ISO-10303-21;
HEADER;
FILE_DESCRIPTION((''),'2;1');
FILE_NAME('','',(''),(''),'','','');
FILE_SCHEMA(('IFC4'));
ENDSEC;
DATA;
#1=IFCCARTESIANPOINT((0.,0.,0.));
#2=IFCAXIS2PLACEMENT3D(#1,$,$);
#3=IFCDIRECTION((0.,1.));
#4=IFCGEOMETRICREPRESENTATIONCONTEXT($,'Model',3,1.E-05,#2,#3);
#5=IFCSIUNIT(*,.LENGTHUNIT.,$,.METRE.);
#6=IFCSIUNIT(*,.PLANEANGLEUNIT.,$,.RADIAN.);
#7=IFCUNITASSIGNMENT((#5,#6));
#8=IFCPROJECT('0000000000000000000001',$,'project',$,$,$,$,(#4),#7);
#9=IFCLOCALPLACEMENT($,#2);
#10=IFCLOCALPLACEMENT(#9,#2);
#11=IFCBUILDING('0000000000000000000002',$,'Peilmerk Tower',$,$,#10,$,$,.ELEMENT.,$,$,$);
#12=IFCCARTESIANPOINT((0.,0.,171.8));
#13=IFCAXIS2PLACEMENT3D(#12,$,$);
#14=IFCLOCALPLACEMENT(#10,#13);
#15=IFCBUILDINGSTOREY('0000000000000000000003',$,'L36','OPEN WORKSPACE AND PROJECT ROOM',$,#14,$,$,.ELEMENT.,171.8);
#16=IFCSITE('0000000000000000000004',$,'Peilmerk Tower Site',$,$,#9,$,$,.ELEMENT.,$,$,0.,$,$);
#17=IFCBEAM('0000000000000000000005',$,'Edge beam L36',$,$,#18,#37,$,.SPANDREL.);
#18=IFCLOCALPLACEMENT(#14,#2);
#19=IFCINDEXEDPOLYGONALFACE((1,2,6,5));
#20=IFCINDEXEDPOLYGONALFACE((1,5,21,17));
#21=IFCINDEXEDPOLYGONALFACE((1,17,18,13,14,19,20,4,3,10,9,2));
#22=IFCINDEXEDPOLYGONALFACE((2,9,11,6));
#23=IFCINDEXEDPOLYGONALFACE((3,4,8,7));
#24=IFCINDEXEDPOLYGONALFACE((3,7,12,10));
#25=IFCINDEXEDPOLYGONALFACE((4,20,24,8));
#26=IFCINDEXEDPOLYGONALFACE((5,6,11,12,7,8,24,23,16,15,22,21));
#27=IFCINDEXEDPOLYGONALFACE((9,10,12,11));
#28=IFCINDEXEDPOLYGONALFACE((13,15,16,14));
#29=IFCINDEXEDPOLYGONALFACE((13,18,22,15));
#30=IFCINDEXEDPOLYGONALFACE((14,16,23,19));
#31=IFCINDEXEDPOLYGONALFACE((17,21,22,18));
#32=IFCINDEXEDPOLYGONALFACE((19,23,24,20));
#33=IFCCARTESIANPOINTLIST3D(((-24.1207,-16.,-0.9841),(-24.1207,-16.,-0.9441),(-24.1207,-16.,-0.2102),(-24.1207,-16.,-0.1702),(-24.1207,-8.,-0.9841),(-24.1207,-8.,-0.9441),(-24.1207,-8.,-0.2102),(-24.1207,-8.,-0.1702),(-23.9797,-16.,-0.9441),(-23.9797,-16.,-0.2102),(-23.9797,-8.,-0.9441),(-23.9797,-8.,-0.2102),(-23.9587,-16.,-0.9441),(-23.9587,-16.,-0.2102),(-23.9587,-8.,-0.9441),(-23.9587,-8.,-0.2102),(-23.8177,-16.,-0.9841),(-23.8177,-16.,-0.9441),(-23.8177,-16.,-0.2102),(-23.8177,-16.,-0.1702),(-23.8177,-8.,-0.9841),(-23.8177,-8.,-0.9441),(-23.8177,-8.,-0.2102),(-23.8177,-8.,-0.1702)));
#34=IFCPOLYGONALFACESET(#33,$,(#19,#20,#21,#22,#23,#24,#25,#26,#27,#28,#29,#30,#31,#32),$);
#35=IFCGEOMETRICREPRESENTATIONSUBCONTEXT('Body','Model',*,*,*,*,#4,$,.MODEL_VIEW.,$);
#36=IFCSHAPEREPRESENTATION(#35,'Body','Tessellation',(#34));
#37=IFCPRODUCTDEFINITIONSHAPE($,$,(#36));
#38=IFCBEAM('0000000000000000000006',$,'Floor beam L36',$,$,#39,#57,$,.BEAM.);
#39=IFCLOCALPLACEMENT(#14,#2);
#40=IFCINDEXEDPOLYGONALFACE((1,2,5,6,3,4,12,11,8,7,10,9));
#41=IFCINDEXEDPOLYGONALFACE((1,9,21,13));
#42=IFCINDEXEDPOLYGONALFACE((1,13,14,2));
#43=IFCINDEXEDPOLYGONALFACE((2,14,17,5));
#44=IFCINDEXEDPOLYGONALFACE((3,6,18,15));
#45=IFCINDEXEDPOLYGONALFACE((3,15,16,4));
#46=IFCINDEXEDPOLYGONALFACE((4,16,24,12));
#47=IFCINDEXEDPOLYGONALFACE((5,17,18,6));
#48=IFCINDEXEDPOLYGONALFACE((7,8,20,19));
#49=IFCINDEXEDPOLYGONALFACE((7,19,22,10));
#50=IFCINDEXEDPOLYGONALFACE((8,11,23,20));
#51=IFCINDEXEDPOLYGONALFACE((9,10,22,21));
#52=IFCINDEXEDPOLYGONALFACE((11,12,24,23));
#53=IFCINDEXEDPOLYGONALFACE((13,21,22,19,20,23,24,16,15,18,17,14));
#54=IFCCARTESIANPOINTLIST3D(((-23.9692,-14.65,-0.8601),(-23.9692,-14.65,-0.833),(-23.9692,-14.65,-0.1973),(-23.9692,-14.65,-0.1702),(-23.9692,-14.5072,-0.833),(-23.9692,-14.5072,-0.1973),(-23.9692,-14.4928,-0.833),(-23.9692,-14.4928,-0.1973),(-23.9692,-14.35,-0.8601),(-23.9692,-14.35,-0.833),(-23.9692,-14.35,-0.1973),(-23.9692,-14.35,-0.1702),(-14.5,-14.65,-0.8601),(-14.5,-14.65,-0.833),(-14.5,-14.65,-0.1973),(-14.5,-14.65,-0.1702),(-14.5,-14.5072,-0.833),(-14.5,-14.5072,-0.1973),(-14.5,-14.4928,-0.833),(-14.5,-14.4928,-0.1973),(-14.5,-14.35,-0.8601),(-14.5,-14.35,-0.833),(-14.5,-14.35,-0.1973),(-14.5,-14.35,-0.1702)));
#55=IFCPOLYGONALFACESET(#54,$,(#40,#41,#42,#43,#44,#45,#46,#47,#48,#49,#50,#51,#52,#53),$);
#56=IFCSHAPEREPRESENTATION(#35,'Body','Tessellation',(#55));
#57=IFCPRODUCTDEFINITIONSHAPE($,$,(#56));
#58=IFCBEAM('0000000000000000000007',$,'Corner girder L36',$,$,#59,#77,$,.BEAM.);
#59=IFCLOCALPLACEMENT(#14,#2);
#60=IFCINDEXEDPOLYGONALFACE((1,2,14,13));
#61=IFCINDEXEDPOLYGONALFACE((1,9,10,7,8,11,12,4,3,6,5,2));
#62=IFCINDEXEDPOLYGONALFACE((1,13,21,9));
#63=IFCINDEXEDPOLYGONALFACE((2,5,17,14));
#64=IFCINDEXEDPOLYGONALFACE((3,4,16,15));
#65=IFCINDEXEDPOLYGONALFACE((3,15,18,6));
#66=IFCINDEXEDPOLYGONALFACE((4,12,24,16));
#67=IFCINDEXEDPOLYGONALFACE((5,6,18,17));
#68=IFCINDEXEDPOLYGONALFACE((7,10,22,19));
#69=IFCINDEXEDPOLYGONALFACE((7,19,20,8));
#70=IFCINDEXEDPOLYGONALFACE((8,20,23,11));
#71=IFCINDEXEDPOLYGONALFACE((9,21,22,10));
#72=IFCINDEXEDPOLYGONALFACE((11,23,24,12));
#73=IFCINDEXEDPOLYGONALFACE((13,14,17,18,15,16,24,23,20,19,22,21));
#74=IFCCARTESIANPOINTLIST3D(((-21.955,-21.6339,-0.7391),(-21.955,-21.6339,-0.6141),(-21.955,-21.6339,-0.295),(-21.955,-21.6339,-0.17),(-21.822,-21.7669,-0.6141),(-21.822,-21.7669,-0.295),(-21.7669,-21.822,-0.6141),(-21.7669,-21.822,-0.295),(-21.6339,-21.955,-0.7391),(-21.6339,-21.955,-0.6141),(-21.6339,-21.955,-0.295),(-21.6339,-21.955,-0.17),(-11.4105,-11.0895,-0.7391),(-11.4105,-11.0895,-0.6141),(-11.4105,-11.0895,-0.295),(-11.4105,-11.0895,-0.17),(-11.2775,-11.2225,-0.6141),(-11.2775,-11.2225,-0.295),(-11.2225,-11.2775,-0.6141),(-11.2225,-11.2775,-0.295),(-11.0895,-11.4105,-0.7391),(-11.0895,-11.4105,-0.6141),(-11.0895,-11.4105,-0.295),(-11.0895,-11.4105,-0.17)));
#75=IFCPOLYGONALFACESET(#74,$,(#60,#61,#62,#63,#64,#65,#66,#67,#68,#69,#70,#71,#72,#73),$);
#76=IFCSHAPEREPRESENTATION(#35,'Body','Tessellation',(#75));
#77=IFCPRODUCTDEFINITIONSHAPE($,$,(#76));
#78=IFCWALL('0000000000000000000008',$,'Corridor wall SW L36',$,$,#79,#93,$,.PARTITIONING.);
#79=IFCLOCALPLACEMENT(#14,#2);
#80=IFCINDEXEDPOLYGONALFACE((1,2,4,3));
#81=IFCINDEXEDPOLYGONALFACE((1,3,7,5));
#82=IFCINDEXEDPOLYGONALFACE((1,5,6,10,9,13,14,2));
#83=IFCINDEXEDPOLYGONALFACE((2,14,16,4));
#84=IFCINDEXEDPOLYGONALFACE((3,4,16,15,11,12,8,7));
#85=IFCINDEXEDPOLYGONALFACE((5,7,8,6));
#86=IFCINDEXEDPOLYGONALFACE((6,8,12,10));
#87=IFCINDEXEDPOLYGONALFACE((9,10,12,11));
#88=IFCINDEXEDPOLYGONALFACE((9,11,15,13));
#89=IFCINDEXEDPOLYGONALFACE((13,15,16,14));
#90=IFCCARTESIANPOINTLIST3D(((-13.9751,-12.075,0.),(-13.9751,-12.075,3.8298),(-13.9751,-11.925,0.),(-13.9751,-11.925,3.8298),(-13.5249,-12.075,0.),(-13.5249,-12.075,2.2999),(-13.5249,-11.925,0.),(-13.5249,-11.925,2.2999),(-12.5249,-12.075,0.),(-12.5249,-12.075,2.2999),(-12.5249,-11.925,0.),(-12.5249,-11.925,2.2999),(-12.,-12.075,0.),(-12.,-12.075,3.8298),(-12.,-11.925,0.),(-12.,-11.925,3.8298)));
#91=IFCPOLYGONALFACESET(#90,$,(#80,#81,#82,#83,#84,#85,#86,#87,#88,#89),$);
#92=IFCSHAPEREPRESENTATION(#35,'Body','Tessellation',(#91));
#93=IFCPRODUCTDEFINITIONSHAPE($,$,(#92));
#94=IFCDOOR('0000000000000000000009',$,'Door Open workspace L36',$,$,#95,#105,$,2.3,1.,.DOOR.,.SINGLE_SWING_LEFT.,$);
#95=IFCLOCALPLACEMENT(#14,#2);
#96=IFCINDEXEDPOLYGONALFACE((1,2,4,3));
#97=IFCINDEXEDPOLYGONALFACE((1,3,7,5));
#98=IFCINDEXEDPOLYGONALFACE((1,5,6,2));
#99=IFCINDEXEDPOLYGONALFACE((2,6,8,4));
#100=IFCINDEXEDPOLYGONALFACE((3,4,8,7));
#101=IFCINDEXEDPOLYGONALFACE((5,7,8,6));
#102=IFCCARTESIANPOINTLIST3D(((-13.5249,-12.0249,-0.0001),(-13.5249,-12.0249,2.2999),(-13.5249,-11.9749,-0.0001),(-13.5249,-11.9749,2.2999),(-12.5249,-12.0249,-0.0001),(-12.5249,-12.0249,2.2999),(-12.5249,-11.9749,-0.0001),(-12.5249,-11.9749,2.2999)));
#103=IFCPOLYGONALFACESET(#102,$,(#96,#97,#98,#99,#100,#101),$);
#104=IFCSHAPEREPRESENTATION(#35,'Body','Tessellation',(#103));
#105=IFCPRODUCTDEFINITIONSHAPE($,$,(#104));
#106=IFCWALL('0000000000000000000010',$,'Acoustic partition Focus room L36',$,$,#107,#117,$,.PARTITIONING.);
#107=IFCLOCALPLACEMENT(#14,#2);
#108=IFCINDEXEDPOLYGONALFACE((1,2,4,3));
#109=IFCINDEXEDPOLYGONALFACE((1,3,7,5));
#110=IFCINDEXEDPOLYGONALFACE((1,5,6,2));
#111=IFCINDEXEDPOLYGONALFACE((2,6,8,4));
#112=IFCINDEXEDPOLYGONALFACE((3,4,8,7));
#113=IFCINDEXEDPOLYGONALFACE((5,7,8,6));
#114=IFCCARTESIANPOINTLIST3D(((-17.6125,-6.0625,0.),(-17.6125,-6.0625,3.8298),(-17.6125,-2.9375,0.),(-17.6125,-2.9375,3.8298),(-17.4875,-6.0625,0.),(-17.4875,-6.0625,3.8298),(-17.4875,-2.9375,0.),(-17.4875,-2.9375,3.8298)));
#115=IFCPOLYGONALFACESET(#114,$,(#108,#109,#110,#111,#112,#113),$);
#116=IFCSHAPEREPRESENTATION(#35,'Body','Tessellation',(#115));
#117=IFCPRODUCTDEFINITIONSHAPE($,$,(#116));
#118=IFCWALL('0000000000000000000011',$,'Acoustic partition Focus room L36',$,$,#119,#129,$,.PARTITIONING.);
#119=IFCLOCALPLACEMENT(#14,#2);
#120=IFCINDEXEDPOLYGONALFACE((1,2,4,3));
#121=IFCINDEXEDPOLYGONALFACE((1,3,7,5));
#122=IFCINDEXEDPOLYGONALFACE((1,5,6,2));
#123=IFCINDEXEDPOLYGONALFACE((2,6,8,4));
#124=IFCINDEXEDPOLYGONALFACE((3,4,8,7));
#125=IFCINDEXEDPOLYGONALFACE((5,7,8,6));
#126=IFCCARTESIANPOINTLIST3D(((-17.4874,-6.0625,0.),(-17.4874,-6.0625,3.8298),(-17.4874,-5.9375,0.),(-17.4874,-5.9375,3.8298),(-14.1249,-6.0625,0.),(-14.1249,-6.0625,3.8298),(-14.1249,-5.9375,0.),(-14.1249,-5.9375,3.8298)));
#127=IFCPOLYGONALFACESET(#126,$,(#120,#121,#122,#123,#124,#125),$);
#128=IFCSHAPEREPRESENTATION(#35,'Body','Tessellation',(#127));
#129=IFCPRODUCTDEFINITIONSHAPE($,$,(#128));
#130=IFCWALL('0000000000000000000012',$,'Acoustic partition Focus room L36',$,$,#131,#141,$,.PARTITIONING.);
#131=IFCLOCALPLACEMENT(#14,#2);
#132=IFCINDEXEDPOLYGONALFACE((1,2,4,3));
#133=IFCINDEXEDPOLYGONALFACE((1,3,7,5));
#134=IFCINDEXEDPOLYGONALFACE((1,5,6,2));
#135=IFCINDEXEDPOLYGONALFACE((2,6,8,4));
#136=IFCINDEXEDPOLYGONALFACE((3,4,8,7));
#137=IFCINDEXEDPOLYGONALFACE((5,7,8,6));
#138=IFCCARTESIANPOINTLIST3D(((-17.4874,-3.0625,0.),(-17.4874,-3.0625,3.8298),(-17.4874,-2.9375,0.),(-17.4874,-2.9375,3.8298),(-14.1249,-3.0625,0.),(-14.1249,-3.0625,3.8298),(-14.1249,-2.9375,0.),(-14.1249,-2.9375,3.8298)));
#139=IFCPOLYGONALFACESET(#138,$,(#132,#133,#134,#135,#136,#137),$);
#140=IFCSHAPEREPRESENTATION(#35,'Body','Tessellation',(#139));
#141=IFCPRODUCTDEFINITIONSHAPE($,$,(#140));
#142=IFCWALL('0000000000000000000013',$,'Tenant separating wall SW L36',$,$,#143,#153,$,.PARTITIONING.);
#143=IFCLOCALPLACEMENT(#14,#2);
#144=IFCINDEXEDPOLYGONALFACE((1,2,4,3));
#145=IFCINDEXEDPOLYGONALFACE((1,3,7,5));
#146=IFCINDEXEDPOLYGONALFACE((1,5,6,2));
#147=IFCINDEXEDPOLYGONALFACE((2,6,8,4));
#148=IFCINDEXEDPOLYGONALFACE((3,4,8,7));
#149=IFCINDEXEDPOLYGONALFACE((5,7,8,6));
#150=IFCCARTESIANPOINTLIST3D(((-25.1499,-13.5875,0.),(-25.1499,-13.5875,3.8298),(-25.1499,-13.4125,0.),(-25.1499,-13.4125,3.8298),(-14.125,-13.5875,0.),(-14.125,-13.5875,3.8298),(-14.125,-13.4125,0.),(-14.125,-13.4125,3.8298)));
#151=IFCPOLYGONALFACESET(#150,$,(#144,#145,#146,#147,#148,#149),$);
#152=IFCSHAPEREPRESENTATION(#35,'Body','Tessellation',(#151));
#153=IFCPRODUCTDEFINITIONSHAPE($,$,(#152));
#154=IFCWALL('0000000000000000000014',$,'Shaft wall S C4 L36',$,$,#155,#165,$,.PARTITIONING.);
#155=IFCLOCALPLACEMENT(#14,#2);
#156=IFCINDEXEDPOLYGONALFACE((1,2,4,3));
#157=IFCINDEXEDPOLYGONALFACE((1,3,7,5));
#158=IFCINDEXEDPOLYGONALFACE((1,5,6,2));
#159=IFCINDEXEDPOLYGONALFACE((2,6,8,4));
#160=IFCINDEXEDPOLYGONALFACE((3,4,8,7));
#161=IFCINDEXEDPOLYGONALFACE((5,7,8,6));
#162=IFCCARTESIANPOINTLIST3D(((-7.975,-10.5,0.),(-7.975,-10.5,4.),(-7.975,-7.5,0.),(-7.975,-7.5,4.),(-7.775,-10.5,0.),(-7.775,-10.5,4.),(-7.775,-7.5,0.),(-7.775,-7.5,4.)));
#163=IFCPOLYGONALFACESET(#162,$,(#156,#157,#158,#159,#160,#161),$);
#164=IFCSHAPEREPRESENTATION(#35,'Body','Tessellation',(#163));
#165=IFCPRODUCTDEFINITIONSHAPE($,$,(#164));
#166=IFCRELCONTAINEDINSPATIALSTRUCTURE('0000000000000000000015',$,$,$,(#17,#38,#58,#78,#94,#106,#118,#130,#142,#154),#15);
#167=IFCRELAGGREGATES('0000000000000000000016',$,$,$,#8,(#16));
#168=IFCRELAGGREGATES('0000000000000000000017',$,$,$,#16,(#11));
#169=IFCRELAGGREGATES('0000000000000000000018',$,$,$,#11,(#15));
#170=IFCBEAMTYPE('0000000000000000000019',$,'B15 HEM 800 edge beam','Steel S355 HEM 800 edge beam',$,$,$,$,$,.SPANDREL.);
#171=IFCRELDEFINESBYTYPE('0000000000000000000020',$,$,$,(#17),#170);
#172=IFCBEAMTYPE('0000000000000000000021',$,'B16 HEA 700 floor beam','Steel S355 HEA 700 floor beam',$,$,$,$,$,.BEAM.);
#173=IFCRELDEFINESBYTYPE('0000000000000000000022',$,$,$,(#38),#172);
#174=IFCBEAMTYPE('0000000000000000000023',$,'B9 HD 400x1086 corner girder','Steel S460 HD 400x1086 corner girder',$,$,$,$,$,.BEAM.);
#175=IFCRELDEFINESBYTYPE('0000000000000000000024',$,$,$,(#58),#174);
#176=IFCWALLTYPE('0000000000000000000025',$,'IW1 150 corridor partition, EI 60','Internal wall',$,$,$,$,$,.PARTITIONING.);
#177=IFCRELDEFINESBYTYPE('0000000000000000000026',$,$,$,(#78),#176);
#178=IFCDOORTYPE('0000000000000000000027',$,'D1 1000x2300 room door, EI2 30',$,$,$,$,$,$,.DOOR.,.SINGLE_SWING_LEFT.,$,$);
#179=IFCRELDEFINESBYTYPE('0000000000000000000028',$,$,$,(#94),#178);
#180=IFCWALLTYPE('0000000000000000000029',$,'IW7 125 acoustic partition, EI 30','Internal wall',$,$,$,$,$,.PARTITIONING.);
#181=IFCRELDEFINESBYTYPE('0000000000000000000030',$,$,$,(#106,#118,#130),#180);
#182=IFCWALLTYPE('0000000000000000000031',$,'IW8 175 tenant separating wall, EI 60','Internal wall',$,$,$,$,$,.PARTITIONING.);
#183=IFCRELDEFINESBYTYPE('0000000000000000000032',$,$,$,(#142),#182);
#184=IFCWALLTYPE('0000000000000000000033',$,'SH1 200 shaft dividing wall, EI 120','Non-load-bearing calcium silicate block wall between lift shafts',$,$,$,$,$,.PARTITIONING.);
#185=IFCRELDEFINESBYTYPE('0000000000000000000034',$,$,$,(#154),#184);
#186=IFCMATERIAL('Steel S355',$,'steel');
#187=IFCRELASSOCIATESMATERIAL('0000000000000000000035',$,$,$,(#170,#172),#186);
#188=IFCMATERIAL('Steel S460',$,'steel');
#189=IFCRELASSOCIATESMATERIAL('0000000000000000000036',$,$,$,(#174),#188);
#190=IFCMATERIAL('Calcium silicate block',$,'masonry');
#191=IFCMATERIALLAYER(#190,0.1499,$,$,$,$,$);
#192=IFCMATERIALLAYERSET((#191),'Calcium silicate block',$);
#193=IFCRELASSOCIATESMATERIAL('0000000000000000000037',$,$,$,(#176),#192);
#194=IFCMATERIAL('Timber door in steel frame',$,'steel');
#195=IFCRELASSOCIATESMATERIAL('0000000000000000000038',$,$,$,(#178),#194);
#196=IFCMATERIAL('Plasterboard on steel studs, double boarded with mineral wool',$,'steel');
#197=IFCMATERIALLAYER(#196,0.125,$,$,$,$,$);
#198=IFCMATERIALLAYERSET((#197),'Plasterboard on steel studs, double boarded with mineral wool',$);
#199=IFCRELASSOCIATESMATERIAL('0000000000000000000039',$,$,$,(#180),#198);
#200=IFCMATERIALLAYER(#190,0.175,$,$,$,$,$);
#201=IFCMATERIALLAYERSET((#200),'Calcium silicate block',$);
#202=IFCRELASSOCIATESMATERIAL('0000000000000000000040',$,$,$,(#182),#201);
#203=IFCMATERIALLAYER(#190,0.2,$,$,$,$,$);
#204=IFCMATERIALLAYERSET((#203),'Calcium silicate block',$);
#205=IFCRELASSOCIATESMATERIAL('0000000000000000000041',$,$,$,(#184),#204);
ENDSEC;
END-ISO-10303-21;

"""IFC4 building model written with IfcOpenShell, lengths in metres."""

from ifc_helpers import new_model, si_unit, direction, frame, frame_2d, origin, origin_2d, place, context, subcontext, project, spatial, rectangle, i_section, extrude, material, layer, layer_set, material_profile, profile_set, type_object, element, fill, save


model = new_model("IFC4")

# Units and contexts
model_context = context("Model", 3, precision=1e-05, world=origin(), true_north=direction((0.0, 1.0)))
body_context = subcontext(model_context, "Body", "Model", "MODEL_VIEW")
ifc_project = project(units=[si_unit("LENGTHUNIT", "METRE"), si_unit("PLANEANGLEUNIT", "RADIAN")], contexts=[model_context])

# Site, building, storey
site_placement = place(None, origin())
site = spatial("IfcSite", under=ifc_project, at=site_placement, Name="Peilmerk Tower Site", CompositionType="ELEMENT", RefElevation=0.0)
building_placement = place(site_placement, origin())
building = spatial("IfcBuilding", under=site, at=building_placement, Name="Peilmerk Tower", CompositionType="ELEMENT")
storey_placement = place(building_placement, frame((0.0, 0.0, 171.8)))
storey = spatial("IfcBuildingStorey", under=building, at=storey_placement, Name="L36", Description="OPEN WORKSPACE AND PROJECT ROOM", CompositionType="ELEMENT", Elevation=171.8)

# Shared definitions
ifc_material_1 = material(Name="Steel S460", Category="steel")

# Beams
ifc_material_2 = material(Name="Steel S355", Category="steel")
ifc_material_profile_1 = material_profile(ifc_material_2, i_section(OverallWidth=0.303, OverallDepth=0.814, WebThickness=0.021, FlangeThickness=0.04, at=origin_2d()), Name="HEM 800")
ifc_profile_set_1 = profile_set([ifc_material_profile_1], Name="Steel S355")
beam_type_1 = type_object("IfcBeamType", Name="B15 HEM 800 edge beam", Description="Steel S355 HEM 800 edge beam", PredefinedType="SPANDREL", material=ifc_profile_set_1)
for number, where, z_axis, x_axis, name in (
    (1, (-23.9692, -8.0, -0.5771), (0.0, -1.0, 0.0), (1.0, 0.0, 0.0), "Edge beam L36"),
):
    element("IfcBeam", number, at=place(storey_placement, frame(where, z_axis=z_axis, x_axis=x_axis)), inside=storey, type_object=beam_type_1, Name=name, PredefinedType="SPANDREL", context=body_context, shape_type="SweptSolid", body=[
        extrude(i_section(OverallWidth=0.303, OverallDepth=0.814, WebThickness=0.021, FlangeThickness=0.04, at=origin_2d()), origin(), (0.0, 0.0, 1.0), 8.0),
    ])
ifc_material_profile_2 = material_profile(ifc_material_2, i_section(OverallWidth=0.3, OverallDepth=0.6899, WebThickness=0.0144, FlangeThickness=0.0271, at=origin_2d()), Name="HEA 700")
ifc_profile_set_2 = profile_set([ifc_material_profile_2], Name="Steel S355")
beam_type_2 = type_object("IfcBeamType", Name="B16 HEA 700 floor beam", Description="Steel S355 HEA 700 floor beam", PredefinedType="BEAM", material=ifc_profile_set_2)
beam_1_placement = place(storey_placement, frame((-14.5, -14.5, -0.5151), z_axis=(-1.0, 0.0, 0.0), x_axis=(0.0, -1.0, 0.0)))
element("IfcBeam", 2, at=beam_1_placement, inside=storey, type_object=beam_type_2, Name="Floor beam L36", PredefinedType="BEAM", context=body_context, shape_type="SweptSolid", body=[
    extrude(i_section(OverallWidth=0.3, OverallDepth=0.6899, WebThickness=0.0144, FlangeThickness=0.0271, at=origin_2d()), origin(), (0.0, 0.0, 1.0), 9.4692),
])
ifc_material_profile_3 = material_profile(ifc_material_1, i_section(OverallWidth=0.4541, OverallDepth=0.5691, WebThickness=0.0779, FlangeThickness=0.125, at=origin_2d()), Name="HD 400x1086")
ifc_profile_set_3 = profile_set([ifc_material_profile_3], Name="Steel S460")
beam_type_3 = type_object("IfcBeamType", Name="B9 HD 400x1086 corner girder", Description="Steel S460 HD 400x1086 corner girder", PredefinedType="BEAM", material=ifc_profile_set_3)
beam_2_placement = place(storey_placement, frame((-11.25, -11.25, -0.4546), z_axis=(-0.707107, -0.707107, 0.0), x_axis=(0.707107, -0.707107, 0.0)))
element("IfcBeam", 3, at=beam_2_placement, inside=storey, type_object=beam_type_3, Name="Corner girder L36", PredefinedType="BEAM", context=body_context, shape_type="SweptSolid", body=[
    extrude(i_section(OverallWidth=0.4541, OverallDepth=0.5691, WebThickness=0.0779, FlangeThickness=0.125, at=origin_2d()), origin(), (0.0, 0.0, 1.0), 14.9121),
])

# Wall, opening, door
ifc_material_3 = material(Name="Calcium silicate block", Category="masonry")
ifc_layer_1 = layer(ifc_material_3, 0.1499)
ifc_layer_set_1 = layer_set([ifc_layer_1], Name="Calcium silicate block")
wall_type_1 = type_object("IfcWallType", Name="IW1 150 corridor partition, EI 60", Description="Internal wall", PredefinedType="PARTITIONING", material=ifc_layer_set_1)
wall_1_placement = place(storey_placement, frame((-12.0, -12.0, 0.0), z_axis=(0.0, 0.0, 1.0), x_axis=(-1.0, 0.0, 0.0)))
wall_1 = element("IfcWall", 4, at=wall_1_placement, inside=storey, type_object=wall_type_1, Name="Corridor wall SW L36", PredefinedType="PARTITIONING", context=body_context, shape_type="SweptSolid", body=[
    extrude(rectangle(XDim=1.9751, YDim=0.1499, at=frame_2d((0.9875, 0.0))), origin(), (0.0, 0.0, 1.0), 3.8298),
])
opening_1_placement = place(wall_1_placement, frame((0.5249, 0.0, 0.0)))
opening_1 = element("IfcOpeningElement", 5, at=opening_1_placement, cuts=wall_1, PredefinedType="OPENING", context=body_context, shape_type="SweptSolid", body=[
    extrude(rectangle(XDim=1.0, YDim=2.3, at=frame_2d((0.5, 1.1499))), frame((0.0, 0.085, 0.0), z_axis=(0.0, -1.0, 0.0), x_axis=(1.0, 0.0, 0.0)), (0.0, 0.0, 1.0), 0.1699),
])
ifc_material_4 = material(Name="Timber door in steel frame", Category="steel")
door_type_1 = type_object("IfcDoorType", Name="D1 1000x2300 room door, EI2 30", OperationType="SINGLE_SWING_LEFT", PredefinedType="DOOR", material=ifc_material_4)
door_1_placement = place(opening_1_placement, origin())
door_1 = element("IfcDoor", 6, at=door_1_placement, inside=storey, type_object=door_type_1, Name="Door Open workspace L36", OperationType="SINGLE_SWING_LEFT", OverallHeight=2.3, OverallWidth=1.0, PredefinedType="DOOR", context=body_context, shape_type="SweptSolid", body=[
    extrude(rectangle(XDim=1.0, YDim=2.3, at=frame_2d((0.5, 1.1499))), frame((0.0, 0.0249, 0.0), z_axis=(0.0, -1.0, 0.0), x_axis=(1.0, 0.0, 0.0)), (0.0, 0.0, 1.0), 0.05),
])
fill(opening_1, door_1)

# Walls
ifc_material_5 = material(Name="Plasterboard on steel studs, double boarded with mineral wool", Category="steel")
ifc_layer_2 = layer(ifc_material_5, 0.125)
ifc_layer_set_2 = layer_set([ifc_layer_2], Name="Plasterboard on steel studs, double boarded with mineral wool")
wall_type_2 = type_object("IfcWallType", Name="IW7 125 acoustic partition, EI 30", Description="Internal wall", PredefinedType="PARTITIONING", material=ifc_layer_set_2)
wall_2_placement = place(storey_placement, frame((-17.55, -6.0625, 0.0), z_axis=(0.0, 0.0, 1.0), x_axis=(0.0, 1.0, 0.0)))
element("IfcWall", 7, at=wall_2_placement, inside=storey, type_object=wall_type_2, Name="Acoustic partition Focus room L36", PredefinedType="PARTITIONING", context=body_context, shape_type="SweptSolid", body=[
    extrude(rectangle(XDim=3.125, YDim=0.125, at=frame_2d((1.5625, 0.0))), origin(), (0.0, 0.0, 1.0), 3.8298),
])
for number, where, z_axis, x_axis, name in (
    (8, (-14.125, -6.0, 0.0), (0.0, 0.0, 1.0), (-1.0, 0.0, 0.0), "Acoustic partition Focus room L36"),
    (9, (-14.125, -3.0, 0.0), (0.0, 0.0, 1.0), (-1.0, 0.0, 0.0), "Acoustic partition Focus room L36"),
):
    element("IfcWall", number, at=place(storey_placement, frame(where, z_axis=z_axis, x_axis=x_axis)), inside=storey, type_object=wall_type_2, Name=name, PredefinedType="PARTITIONING", context=body_context, shape_type="SweptSolid", body=[
        extrude(rectangle(XDim=3.3625, YDim=0.125, at=frame_2d((1.6812, 0.0))), origin(), (0.0, 0.0, 1.0), 3.8298),
    ])
ifc_layer_3 = layer(ifc_material_3, 0.175)
ifc_layer_set_3 = layer_set([ifc_layer_3], Name="Calcium silicate block")
wall_type_3 = type_object("IfcWallType", Name="IW8 175 tenant separating wall, EI 60", Description="Internal wall", PredefinedType="PARTITIONING", material=ifc_layer_set_3)
wall_3_placement = place(storey_placement, frame((-14.125, -13.5, 0.0), z_axis=(0.0, 0.0, 1.0), x_axis=(-1.0, 0.0, 0.0)))
element("IfcWall", 10, at=wall_3_placement, inside=storey, type_object=wall_type_3, Name="Tenant separating wall SW L36", PredefinedType="PARTITIONING", context=body_context, shape_type="SweptSolid", body=[
    extrude(rectangle(XDim=11.0249, YDim=0.175, at=frame_2d((5.5125, 0.0))), origin(), (0.0, 0.0, 1.0), 3.8298),
])
ifc_layer_4 = layer(ifc_material_3, 0.2)
ifc_layer_set_4 = layer_set([ifc_layer_4], Name="Calcium silicate block")
wall_type_4 = type_object("IfcWallType", Name="SH1 200 shaft dividing wall, EI 120", Description="Non-load-bearing calcium silicate block wall between lift shafts", PredefinedType="PARTITIONING", material=ifc_layer_set_4)
wall_4_placement = place(storey_placement, frame((-7.875, -10.5, 0.0), z_axis=(0.0, 0.0, 1.0), x_axis=(0.0, 1.0, 0.0)))
element("IfcWall", 11, at=wall_4_placement, inside=storey, type_object=wall_type_4, Name="Shaft wall S C4 L36", PredefinedType="PARTITIONING", context=body_context, shape_type="SweptSolid", body=[
    extrude(rectangle(XDim=3.0, YDim=0.2, at=frame_2d((1.5, 0.0))), origin(), (0.0, 0.0, 1.0), 4.0),
])

save(model, "model.ifc")
